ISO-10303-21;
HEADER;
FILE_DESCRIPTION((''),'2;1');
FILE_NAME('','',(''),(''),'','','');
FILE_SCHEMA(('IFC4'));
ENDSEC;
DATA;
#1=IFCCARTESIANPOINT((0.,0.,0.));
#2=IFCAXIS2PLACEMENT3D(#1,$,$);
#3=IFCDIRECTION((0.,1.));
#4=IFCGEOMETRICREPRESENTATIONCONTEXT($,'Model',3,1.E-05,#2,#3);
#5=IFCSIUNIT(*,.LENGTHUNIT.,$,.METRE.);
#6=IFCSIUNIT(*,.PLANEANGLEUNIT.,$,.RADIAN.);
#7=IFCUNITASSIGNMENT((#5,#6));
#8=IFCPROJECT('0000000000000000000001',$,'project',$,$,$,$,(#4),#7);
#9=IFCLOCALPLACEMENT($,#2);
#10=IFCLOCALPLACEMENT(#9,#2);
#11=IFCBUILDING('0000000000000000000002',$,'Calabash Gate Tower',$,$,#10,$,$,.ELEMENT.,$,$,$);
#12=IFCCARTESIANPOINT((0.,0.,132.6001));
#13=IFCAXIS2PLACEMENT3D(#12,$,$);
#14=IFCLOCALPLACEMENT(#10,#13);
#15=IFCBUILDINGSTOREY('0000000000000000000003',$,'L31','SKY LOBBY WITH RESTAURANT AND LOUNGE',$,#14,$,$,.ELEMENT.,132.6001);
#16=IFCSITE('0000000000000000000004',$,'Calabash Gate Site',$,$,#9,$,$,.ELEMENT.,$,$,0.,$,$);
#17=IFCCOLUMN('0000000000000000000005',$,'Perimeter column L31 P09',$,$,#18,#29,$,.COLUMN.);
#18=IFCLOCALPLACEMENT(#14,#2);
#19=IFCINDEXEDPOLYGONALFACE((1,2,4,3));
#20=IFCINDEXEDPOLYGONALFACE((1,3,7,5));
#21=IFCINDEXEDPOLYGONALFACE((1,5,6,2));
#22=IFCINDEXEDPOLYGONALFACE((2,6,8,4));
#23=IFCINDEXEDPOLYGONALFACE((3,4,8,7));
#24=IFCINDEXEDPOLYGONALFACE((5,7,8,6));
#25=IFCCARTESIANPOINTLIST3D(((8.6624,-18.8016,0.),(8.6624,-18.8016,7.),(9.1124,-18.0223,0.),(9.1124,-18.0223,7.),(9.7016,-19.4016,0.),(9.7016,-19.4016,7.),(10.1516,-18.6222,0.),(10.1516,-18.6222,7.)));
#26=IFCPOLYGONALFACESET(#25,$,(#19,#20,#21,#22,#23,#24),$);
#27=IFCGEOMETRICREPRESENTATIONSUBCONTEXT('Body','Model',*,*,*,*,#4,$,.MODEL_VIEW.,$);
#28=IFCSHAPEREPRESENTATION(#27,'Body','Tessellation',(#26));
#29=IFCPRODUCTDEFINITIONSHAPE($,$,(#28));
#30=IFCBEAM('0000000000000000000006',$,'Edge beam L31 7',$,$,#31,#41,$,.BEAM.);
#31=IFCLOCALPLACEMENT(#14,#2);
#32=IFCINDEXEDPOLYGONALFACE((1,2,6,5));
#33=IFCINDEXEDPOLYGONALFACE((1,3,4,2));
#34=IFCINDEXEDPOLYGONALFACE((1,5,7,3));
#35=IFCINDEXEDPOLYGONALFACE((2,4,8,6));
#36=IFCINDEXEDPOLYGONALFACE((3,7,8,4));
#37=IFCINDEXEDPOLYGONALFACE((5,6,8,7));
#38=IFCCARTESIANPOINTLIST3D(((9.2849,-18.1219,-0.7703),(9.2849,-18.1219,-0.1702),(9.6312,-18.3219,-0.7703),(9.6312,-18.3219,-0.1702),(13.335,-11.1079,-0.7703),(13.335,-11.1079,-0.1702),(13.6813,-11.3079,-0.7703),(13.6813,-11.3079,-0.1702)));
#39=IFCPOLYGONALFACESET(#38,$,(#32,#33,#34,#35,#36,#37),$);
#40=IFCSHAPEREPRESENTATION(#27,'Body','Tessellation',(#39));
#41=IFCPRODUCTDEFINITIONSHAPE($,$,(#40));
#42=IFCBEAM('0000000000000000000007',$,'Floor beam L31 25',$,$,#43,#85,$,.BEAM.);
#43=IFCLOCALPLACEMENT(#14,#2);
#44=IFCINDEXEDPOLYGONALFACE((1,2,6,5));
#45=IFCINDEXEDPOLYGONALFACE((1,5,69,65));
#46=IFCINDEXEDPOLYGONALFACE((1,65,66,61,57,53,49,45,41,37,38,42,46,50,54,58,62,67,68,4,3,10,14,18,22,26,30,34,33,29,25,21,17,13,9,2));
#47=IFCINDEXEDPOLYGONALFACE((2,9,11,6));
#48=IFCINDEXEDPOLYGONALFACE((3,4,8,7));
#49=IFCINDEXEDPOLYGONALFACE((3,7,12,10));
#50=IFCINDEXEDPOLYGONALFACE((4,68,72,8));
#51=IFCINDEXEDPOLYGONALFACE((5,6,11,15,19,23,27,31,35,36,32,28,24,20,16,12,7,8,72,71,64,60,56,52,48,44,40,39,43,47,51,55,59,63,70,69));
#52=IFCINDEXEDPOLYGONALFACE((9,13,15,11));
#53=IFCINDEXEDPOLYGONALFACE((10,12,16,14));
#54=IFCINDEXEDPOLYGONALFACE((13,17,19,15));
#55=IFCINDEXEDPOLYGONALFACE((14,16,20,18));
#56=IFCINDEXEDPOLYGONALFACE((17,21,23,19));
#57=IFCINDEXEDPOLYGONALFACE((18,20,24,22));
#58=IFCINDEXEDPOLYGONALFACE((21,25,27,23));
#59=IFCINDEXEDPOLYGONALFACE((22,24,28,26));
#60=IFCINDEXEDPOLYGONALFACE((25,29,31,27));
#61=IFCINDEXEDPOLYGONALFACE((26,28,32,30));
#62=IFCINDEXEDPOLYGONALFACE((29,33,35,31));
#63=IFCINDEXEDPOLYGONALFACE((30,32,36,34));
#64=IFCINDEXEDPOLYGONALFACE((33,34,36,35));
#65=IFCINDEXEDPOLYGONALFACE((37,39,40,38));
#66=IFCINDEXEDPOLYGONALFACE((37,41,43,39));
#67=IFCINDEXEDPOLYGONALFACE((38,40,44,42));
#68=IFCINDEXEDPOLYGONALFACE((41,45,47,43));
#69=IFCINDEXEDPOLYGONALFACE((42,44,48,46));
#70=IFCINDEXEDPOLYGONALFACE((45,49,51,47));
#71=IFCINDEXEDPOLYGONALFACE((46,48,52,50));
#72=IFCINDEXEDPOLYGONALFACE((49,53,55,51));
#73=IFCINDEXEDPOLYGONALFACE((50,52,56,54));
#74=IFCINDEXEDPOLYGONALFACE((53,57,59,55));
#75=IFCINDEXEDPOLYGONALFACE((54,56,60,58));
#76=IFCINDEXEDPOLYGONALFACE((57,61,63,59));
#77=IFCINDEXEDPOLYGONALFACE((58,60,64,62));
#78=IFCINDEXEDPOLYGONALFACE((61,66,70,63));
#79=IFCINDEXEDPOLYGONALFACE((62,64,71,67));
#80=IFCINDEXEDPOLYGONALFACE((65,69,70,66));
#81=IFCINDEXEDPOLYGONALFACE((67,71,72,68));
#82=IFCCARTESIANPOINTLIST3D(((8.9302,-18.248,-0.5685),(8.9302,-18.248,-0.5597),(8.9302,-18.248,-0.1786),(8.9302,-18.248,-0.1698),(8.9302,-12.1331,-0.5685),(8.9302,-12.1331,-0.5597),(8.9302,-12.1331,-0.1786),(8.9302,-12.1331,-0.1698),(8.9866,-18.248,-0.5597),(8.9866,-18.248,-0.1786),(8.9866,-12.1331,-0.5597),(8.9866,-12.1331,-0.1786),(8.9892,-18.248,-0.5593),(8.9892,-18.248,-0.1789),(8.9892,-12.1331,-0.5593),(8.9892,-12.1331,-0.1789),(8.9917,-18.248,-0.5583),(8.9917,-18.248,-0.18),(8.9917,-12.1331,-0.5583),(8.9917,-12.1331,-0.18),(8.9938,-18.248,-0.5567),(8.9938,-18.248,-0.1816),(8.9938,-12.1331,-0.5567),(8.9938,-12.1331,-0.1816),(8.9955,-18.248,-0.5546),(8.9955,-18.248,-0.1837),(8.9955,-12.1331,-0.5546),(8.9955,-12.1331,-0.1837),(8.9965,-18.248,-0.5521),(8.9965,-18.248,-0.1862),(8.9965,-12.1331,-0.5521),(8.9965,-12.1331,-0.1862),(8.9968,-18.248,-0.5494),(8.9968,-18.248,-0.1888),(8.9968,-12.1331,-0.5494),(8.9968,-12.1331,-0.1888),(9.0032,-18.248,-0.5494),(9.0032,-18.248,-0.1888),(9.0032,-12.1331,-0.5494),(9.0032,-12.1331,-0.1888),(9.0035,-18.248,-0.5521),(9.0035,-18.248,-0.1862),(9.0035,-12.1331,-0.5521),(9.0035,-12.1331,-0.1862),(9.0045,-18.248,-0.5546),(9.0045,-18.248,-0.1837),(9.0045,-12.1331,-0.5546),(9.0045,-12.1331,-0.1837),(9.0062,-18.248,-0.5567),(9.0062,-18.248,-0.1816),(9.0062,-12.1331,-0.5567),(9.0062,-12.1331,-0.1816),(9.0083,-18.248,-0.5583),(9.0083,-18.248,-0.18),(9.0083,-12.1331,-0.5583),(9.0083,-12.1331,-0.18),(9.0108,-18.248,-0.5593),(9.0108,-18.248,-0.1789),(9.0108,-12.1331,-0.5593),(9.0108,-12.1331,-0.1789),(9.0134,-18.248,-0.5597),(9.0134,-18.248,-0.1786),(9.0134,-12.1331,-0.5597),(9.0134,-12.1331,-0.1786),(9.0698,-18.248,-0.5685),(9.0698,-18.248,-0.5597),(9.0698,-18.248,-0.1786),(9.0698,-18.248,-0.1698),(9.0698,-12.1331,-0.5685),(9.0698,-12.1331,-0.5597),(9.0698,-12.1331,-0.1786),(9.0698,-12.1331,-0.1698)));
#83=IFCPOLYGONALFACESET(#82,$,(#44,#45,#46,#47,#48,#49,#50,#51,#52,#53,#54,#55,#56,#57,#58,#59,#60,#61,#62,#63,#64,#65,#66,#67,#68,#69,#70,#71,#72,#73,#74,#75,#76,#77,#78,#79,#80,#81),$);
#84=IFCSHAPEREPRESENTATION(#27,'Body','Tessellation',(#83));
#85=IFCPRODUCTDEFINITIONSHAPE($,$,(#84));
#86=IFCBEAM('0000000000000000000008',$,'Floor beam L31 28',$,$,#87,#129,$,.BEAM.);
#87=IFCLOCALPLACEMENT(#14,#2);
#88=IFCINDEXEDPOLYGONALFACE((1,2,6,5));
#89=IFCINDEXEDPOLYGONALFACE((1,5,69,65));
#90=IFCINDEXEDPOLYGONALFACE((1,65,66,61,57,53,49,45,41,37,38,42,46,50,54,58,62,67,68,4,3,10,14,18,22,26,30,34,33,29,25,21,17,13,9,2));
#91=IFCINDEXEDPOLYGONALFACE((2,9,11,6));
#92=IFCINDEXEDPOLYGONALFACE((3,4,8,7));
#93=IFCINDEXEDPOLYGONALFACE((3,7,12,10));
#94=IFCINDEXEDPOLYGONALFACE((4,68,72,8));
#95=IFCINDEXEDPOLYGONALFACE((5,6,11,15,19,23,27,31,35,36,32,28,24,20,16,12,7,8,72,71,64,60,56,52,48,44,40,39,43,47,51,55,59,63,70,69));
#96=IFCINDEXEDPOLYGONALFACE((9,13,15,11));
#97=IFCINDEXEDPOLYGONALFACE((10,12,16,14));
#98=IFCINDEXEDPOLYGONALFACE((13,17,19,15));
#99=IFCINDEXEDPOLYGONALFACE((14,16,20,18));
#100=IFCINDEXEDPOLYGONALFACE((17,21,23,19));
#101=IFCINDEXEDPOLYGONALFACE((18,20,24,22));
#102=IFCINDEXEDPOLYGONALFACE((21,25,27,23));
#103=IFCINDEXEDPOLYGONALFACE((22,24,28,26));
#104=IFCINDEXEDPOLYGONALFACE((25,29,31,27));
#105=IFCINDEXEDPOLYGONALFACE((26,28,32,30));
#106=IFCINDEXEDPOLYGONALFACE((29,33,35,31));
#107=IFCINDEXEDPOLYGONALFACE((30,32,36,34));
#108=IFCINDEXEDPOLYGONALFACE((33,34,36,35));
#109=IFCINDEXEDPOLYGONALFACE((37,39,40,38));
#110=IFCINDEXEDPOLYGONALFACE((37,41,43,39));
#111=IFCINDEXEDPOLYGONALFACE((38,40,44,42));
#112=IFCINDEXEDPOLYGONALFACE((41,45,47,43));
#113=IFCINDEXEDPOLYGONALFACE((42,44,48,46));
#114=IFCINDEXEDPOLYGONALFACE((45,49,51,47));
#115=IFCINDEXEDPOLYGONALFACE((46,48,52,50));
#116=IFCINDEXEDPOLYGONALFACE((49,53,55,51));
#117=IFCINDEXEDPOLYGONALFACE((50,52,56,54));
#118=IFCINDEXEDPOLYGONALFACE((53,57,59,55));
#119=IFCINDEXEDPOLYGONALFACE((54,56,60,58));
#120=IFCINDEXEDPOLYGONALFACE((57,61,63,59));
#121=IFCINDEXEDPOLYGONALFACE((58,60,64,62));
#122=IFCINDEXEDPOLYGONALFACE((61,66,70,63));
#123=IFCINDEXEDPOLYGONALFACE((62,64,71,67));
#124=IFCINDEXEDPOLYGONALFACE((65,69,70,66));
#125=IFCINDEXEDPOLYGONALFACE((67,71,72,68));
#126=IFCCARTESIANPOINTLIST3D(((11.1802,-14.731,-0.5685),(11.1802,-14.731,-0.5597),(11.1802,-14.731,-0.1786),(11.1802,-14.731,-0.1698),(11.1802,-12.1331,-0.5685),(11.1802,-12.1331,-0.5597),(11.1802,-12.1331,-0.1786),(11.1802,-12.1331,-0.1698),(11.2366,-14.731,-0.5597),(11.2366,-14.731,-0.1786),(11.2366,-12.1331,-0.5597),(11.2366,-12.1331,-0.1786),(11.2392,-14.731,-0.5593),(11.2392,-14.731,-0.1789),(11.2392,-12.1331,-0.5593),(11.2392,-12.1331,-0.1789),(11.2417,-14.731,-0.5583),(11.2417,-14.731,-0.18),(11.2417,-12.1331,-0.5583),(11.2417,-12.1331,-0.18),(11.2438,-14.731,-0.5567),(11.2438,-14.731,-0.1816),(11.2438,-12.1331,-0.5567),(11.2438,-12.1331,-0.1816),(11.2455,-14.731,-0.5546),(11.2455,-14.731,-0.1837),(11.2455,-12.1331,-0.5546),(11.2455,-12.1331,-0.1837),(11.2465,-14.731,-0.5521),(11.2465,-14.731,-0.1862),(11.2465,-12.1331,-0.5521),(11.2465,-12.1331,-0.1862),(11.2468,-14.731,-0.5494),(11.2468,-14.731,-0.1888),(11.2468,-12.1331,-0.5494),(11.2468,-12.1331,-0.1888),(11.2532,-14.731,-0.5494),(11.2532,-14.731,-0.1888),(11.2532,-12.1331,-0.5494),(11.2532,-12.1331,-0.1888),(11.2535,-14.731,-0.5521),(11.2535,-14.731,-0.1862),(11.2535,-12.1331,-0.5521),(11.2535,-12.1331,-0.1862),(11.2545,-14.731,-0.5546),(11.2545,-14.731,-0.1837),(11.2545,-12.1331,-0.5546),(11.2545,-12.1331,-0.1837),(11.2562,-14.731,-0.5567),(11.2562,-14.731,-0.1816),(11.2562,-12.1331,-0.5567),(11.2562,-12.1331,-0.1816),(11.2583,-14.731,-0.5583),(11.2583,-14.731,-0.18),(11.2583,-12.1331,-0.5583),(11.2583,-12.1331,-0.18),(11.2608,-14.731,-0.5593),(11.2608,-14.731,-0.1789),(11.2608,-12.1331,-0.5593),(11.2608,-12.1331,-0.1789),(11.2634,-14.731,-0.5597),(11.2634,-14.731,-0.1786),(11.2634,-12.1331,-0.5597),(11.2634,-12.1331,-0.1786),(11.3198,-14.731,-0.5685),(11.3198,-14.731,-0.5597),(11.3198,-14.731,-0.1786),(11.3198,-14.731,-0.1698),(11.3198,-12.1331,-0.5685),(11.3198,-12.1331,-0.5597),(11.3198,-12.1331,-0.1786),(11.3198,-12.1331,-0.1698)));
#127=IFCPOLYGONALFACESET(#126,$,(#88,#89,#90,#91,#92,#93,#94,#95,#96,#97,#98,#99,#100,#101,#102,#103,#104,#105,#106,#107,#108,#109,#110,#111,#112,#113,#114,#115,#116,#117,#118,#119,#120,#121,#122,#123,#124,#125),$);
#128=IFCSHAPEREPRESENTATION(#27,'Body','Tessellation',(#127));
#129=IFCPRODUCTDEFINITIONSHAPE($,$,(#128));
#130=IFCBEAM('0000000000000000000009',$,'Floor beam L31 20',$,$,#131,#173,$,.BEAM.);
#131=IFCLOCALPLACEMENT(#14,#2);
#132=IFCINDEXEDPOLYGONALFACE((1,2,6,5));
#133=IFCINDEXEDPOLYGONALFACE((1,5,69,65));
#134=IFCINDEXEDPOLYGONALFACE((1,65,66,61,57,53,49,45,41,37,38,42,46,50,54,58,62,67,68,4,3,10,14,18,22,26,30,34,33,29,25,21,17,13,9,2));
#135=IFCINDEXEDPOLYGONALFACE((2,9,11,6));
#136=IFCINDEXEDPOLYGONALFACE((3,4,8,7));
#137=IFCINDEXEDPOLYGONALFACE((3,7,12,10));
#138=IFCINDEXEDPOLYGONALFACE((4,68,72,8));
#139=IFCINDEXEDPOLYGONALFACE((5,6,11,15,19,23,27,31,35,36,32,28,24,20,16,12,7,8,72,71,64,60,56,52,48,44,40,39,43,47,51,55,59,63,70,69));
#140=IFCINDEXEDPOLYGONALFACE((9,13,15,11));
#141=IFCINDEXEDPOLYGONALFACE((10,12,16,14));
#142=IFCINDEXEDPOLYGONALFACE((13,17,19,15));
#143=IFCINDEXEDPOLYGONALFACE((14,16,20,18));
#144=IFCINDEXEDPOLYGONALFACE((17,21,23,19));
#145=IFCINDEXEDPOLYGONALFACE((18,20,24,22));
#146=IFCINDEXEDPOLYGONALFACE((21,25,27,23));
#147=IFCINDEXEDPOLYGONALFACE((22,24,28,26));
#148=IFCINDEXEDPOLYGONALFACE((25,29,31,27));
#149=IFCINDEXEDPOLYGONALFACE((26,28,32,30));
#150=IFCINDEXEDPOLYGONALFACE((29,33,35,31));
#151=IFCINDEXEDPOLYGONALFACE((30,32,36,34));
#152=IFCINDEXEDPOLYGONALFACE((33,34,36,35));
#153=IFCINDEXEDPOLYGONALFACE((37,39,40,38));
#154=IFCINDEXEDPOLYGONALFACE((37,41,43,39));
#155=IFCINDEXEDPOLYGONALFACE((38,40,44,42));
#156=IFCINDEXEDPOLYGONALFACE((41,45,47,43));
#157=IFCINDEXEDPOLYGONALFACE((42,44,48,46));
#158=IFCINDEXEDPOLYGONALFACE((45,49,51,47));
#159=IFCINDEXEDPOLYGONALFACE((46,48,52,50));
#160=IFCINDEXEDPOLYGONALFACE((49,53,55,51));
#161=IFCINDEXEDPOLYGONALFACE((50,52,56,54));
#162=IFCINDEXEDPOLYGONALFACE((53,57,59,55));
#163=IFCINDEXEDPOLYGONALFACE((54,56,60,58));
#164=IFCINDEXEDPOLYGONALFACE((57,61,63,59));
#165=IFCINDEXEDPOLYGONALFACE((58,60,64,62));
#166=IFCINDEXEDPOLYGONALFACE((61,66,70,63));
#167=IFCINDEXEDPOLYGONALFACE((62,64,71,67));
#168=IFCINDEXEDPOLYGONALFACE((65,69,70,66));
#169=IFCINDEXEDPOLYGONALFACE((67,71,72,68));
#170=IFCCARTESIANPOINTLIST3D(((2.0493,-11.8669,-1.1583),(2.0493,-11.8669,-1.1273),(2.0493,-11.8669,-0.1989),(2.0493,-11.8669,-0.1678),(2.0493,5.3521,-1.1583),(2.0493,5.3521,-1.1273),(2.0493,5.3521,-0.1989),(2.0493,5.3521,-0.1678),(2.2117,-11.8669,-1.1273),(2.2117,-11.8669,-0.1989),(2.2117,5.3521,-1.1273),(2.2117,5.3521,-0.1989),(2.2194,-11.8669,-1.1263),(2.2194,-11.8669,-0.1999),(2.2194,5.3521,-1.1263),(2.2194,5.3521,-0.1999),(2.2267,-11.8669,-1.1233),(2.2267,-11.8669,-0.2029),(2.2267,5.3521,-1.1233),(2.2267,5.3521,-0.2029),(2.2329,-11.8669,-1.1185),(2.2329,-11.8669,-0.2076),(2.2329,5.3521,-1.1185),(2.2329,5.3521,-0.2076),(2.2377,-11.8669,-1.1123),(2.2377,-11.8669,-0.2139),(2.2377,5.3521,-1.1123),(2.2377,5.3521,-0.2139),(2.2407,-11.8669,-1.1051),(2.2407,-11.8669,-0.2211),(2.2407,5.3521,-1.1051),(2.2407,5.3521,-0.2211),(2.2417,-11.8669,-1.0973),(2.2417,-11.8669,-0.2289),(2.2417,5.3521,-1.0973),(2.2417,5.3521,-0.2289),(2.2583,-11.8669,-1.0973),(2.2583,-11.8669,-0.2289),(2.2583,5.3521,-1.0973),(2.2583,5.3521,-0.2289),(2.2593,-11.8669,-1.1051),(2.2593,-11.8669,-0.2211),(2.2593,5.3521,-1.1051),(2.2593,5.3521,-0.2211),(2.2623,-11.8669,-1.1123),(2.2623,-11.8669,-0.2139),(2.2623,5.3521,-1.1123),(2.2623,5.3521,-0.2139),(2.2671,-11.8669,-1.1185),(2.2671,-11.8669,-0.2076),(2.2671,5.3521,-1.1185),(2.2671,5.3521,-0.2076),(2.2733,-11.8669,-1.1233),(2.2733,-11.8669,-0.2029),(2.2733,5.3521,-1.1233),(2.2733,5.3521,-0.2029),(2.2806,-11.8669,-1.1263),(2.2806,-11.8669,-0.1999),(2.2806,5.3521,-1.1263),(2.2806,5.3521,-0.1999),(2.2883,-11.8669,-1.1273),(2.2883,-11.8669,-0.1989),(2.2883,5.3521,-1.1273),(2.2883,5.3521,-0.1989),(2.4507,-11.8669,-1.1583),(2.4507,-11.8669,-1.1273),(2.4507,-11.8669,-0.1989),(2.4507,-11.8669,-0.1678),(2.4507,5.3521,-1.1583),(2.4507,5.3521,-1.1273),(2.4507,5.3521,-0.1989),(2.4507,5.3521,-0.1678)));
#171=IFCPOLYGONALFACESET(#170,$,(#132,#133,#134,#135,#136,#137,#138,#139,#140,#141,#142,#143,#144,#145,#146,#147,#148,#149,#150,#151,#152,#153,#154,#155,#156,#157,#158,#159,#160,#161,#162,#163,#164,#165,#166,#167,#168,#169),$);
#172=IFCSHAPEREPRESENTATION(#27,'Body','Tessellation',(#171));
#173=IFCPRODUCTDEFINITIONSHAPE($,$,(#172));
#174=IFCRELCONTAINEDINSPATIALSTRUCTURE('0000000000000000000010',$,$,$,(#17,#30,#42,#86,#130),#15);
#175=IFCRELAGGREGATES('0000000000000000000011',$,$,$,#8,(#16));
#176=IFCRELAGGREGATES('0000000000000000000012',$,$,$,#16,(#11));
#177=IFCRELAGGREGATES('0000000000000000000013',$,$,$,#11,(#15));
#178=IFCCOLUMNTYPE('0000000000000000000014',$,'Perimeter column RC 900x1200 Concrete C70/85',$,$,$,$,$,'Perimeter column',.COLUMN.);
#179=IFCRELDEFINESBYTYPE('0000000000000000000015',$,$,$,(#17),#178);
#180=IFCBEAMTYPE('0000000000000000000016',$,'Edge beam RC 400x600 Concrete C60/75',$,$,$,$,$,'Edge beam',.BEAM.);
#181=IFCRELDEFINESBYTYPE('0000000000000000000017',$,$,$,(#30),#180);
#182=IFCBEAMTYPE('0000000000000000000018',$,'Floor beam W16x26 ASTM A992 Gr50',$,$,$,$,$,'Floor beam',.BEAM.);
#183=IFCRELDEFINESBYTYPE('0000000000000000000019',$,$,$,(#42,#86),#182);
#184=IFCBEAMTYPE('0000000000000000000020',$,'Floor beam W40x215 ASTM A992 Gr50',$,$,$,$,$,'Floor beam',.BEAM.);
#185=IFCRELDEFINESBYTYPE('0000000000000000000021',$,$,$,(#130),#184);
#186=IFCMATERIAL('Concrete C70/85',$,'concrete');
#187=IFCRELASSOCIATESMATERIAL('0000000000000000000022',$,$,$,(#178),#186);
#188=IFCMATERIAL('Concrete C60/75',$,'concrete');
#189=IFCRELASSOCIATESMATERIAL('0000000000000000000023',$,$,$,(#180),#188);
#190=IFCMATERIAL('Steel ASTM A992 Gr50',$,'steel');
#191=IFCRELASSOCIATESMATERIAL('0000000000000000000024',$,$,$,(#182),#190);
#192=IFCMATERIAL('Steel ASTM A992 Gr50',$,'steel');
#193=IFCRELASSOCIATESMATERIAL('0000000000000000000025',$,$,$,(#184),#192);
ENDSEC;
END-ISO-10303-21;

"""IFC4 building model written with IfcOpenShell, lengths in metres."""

from ifc_helpers import new_model, si_unit, direction, frame, origin, origin_2d, place, context, subcontext, project, spatial, rectangle, i_section, extrude, material, material_profile, profile_set, type_object, element, save


model = new_model("IFC4")

# Units and contexts
model_context = context("Model", 3, precision=1e-05, world=origin(), true_north=direction((0.0, 1.0)))
body_context = subcontext(model_context, "Body", "Model", "MODEL_VIEW")
ifc_project = project(units=[si_unit("LENGTHUNIT", "METRE"), si_unit("PLANEANGLEUNIT", "RADIAN")], contexts=[model_context])

# Site, building, storey
site_placement = place(None, origin())
site = spatial("IfcSite", under=ifc_project, at=site_placement, Name="Calabash Gate Site", CompositionType="ELEMENT", RefElevation=0.0)
building_placement = place(site_placement, origin())
building = spatial("IfcBuilding", under=site, at=building_placement, Name="Calabash Gate Tower", CompositionType="ELEMENT")
storey_placement = place(building_placement, frame((0.0, 0.0, 132.6001)))
storey = spatial("IfcBuildingStorey", under=building, at=storey_placement, Name="L31", Description="SKY LOBBY WITH RESTAURANT AND LOUNGE", CompositionType="ELEMENT", Elevation=132.6001)

# Column
ifc_material_1 = material(Name="Concrete C70/85", Category="concrete")
ifc_material_profile_1 = material_profile(ifc_material_1, rectangle(XDim=0.8999, YDim=1.2, at=origin_2d()))
ifc_profile_set_1 = profile_set([ifc_material_profile_1], Name="Concrete C70/85")
column_type = type_object("IfcColumnType", Name="Perimeter column RC 900x1200 Concrete C70/85", ElementType="Perimeter column", PredefinedType="COLUMN", material=ifc_profile_set_1)
column_placement = place(storey_placement, frame((9.407, -18.7119, 0.0), z_axis=(0.0, 0.0, 1.0), x_axis=(0.5, 0.866025, 0.0)))
element("IfcColumn", 1, at=column_placement, inside=storey, type_object=column_type, Name="Perimeter column L31 P09", PredefinedType="COLUMN", context=body_context, shape_type="SweptSolid", body=[
    extrude(rectangle(XDim=0.8999, YDim=1.2, at=origin_2d()), origin(), (0.0, 0.0, 1.0), 7.0),
])

# Beams
ifc_material_2 = material(Name="Concrete C60/75", Category="concrete")
ifc_material_profile_2 = material_profile(ifc_material_2, rectangle(XDim=0.3999, YDim=0.6001, at=origin_2d()))
ifc_profile_set_2 = profile_set([ifc_material_profile_2], Name="Concrete C60/75")
beam_type_1 = type_object("IfcBeamType", Name="Edge beam RC 400x600 Concrete C60/75", ElementType="Edge beam", PredefinedType="BEAM", material=ifc_profile_set_2)
beam_1_placement = place(storey_placement, frame((9.458, -18.2219, -0.4702), z_axis=(0.500052, 0.865995, 0.0), x_axis=(-0.865995, 0.500052, 0.0)))
element("IfcBeam", 2, at=beam_1_placement, inside=storey, type_object=beam_type_1, Name="Edge beam L31 7", PredefinedType="BEAM", context=body_context, shape_type="SweptSolid", body=[
    extrude(rectangle(XDim=0.3999, YDim=0.6001, at=origin_2d()), origin(), (0.0, 0.0, 1.0), 8.0994),
])
ifc_material_3 = material(Name="Steel ASTM A992 Gr50", Category="steel")
ifc_material_profile_3 = material_profile(ifc_material_3, i_section(OverallWidth=0.1396, OverallDepth=0.3987, WebThickness=0.0063, FlangeThickness=0.0088, FilletRadius=0.0103, at=origin_2d()))
ifc_profile_set_3 = profile_set([ifc_material_profile_3], Name="Steel ASTM A992 Gr50")
beam_type_2 = type_object("IfcBeamType", Name="Floor beam W16x26 ASTM A992 Gr50", ElementType="Floor beam", PredefinedType="BEAM", material=ifc_profile_set_3)
beam_2_placement = place(storey_placement, frame((9.0, -18.248, -0.3691), z_axis=(0.0, 1.0, 0.0), x_axis=(-1.0, 0.0, 0.0)))
element("IfcBeam", 3, at=beam_2_placement, inside=storey, type_object=beam_type_2, Name="Floor beam L31 25", PredefinedType="BEAM", context=body_context, shape_type="SweptSolid", body=[
    extrude(i_section(OverallWidth=0.1396, OverallDepth=0.3987, WebThickness=0.0063, FlangeThickness=0.0088, FilletRadius=0.0103, at=origin_2d()), origin(), (0.0, 0.0, 1.0), 6.115),
])
beam_3_placement = place(storey_placement, frame((11.25, -14.731, -0.3691), z_axis=(0.0, 1.0, 0.0), x_axis=(-1.0, 0.0, 0.0)))
element("IfcBeam", 4, at=beam_3_placement, inside=storey, type_object=beam_type_2, Name="Floor beam L31 28", PredefinedType="BEAM", context=body_context, shape_type="SweptSolid", body=[
    extrude(i_section(OverallWidth=0.1396, OverallDepth=0.3987, WebThickness=0.0063, FlangeThickness=0.0088, FilletRadius=0.0103, at=origin_2d()), origin(), (0.0, 0.0, 1.0), 2.5979),
])
ifc_material_4 = material(Name="Steel ASTM A992 Gr50", Category="steel")
ifc_material_profile_4 = material_profile(ifc_material_4, i_section(OverallWidth=0.4014, OverallDepth=0.9905, WebThickness=0.0166, FlangeThickness=0.031, FilletRadius=0.03, at=origin_2d()))
ifc_profile_set_4 = profile_set([ifc_material_profile_4], Name="Steel ASTM A992 Gr50")
beam_type_3 = type_object("IfcBeamType", Name="Floor beam W40x215 ASTM A992 Gr50", ElementType="Floor beam", PredefinedType="BEAM", material=ifc_profile_set_4)
for number, where, z_axis, x_axis, name in (
    (5, (2.25, -11.8669, -0.6631), (0.0, 1.0, 0.0), (-1.0, 0.0, 0.0), "Floor beam L31 20"),
):
    element("IfcBeam", number, at=place(storey_placement, frame(where, z_axis=z_axis, x_axis=x_axis)), inside=storey, type_object=beam_type_3, Name=name, PredefinedType="BEAM", context=body_context, shape_type="SweptSolid", body=[
        extrude(i_section(OverallWidth=0.4014, OverallDepth=0.9905, WebThickness=0.0166, FlangeThickness=0.031, FilletRadius=0.03, at=origin_2d()), origin(), (0.0, 0.0, 1.0), 17.219),
    ])

save(model, "model.ifc")
